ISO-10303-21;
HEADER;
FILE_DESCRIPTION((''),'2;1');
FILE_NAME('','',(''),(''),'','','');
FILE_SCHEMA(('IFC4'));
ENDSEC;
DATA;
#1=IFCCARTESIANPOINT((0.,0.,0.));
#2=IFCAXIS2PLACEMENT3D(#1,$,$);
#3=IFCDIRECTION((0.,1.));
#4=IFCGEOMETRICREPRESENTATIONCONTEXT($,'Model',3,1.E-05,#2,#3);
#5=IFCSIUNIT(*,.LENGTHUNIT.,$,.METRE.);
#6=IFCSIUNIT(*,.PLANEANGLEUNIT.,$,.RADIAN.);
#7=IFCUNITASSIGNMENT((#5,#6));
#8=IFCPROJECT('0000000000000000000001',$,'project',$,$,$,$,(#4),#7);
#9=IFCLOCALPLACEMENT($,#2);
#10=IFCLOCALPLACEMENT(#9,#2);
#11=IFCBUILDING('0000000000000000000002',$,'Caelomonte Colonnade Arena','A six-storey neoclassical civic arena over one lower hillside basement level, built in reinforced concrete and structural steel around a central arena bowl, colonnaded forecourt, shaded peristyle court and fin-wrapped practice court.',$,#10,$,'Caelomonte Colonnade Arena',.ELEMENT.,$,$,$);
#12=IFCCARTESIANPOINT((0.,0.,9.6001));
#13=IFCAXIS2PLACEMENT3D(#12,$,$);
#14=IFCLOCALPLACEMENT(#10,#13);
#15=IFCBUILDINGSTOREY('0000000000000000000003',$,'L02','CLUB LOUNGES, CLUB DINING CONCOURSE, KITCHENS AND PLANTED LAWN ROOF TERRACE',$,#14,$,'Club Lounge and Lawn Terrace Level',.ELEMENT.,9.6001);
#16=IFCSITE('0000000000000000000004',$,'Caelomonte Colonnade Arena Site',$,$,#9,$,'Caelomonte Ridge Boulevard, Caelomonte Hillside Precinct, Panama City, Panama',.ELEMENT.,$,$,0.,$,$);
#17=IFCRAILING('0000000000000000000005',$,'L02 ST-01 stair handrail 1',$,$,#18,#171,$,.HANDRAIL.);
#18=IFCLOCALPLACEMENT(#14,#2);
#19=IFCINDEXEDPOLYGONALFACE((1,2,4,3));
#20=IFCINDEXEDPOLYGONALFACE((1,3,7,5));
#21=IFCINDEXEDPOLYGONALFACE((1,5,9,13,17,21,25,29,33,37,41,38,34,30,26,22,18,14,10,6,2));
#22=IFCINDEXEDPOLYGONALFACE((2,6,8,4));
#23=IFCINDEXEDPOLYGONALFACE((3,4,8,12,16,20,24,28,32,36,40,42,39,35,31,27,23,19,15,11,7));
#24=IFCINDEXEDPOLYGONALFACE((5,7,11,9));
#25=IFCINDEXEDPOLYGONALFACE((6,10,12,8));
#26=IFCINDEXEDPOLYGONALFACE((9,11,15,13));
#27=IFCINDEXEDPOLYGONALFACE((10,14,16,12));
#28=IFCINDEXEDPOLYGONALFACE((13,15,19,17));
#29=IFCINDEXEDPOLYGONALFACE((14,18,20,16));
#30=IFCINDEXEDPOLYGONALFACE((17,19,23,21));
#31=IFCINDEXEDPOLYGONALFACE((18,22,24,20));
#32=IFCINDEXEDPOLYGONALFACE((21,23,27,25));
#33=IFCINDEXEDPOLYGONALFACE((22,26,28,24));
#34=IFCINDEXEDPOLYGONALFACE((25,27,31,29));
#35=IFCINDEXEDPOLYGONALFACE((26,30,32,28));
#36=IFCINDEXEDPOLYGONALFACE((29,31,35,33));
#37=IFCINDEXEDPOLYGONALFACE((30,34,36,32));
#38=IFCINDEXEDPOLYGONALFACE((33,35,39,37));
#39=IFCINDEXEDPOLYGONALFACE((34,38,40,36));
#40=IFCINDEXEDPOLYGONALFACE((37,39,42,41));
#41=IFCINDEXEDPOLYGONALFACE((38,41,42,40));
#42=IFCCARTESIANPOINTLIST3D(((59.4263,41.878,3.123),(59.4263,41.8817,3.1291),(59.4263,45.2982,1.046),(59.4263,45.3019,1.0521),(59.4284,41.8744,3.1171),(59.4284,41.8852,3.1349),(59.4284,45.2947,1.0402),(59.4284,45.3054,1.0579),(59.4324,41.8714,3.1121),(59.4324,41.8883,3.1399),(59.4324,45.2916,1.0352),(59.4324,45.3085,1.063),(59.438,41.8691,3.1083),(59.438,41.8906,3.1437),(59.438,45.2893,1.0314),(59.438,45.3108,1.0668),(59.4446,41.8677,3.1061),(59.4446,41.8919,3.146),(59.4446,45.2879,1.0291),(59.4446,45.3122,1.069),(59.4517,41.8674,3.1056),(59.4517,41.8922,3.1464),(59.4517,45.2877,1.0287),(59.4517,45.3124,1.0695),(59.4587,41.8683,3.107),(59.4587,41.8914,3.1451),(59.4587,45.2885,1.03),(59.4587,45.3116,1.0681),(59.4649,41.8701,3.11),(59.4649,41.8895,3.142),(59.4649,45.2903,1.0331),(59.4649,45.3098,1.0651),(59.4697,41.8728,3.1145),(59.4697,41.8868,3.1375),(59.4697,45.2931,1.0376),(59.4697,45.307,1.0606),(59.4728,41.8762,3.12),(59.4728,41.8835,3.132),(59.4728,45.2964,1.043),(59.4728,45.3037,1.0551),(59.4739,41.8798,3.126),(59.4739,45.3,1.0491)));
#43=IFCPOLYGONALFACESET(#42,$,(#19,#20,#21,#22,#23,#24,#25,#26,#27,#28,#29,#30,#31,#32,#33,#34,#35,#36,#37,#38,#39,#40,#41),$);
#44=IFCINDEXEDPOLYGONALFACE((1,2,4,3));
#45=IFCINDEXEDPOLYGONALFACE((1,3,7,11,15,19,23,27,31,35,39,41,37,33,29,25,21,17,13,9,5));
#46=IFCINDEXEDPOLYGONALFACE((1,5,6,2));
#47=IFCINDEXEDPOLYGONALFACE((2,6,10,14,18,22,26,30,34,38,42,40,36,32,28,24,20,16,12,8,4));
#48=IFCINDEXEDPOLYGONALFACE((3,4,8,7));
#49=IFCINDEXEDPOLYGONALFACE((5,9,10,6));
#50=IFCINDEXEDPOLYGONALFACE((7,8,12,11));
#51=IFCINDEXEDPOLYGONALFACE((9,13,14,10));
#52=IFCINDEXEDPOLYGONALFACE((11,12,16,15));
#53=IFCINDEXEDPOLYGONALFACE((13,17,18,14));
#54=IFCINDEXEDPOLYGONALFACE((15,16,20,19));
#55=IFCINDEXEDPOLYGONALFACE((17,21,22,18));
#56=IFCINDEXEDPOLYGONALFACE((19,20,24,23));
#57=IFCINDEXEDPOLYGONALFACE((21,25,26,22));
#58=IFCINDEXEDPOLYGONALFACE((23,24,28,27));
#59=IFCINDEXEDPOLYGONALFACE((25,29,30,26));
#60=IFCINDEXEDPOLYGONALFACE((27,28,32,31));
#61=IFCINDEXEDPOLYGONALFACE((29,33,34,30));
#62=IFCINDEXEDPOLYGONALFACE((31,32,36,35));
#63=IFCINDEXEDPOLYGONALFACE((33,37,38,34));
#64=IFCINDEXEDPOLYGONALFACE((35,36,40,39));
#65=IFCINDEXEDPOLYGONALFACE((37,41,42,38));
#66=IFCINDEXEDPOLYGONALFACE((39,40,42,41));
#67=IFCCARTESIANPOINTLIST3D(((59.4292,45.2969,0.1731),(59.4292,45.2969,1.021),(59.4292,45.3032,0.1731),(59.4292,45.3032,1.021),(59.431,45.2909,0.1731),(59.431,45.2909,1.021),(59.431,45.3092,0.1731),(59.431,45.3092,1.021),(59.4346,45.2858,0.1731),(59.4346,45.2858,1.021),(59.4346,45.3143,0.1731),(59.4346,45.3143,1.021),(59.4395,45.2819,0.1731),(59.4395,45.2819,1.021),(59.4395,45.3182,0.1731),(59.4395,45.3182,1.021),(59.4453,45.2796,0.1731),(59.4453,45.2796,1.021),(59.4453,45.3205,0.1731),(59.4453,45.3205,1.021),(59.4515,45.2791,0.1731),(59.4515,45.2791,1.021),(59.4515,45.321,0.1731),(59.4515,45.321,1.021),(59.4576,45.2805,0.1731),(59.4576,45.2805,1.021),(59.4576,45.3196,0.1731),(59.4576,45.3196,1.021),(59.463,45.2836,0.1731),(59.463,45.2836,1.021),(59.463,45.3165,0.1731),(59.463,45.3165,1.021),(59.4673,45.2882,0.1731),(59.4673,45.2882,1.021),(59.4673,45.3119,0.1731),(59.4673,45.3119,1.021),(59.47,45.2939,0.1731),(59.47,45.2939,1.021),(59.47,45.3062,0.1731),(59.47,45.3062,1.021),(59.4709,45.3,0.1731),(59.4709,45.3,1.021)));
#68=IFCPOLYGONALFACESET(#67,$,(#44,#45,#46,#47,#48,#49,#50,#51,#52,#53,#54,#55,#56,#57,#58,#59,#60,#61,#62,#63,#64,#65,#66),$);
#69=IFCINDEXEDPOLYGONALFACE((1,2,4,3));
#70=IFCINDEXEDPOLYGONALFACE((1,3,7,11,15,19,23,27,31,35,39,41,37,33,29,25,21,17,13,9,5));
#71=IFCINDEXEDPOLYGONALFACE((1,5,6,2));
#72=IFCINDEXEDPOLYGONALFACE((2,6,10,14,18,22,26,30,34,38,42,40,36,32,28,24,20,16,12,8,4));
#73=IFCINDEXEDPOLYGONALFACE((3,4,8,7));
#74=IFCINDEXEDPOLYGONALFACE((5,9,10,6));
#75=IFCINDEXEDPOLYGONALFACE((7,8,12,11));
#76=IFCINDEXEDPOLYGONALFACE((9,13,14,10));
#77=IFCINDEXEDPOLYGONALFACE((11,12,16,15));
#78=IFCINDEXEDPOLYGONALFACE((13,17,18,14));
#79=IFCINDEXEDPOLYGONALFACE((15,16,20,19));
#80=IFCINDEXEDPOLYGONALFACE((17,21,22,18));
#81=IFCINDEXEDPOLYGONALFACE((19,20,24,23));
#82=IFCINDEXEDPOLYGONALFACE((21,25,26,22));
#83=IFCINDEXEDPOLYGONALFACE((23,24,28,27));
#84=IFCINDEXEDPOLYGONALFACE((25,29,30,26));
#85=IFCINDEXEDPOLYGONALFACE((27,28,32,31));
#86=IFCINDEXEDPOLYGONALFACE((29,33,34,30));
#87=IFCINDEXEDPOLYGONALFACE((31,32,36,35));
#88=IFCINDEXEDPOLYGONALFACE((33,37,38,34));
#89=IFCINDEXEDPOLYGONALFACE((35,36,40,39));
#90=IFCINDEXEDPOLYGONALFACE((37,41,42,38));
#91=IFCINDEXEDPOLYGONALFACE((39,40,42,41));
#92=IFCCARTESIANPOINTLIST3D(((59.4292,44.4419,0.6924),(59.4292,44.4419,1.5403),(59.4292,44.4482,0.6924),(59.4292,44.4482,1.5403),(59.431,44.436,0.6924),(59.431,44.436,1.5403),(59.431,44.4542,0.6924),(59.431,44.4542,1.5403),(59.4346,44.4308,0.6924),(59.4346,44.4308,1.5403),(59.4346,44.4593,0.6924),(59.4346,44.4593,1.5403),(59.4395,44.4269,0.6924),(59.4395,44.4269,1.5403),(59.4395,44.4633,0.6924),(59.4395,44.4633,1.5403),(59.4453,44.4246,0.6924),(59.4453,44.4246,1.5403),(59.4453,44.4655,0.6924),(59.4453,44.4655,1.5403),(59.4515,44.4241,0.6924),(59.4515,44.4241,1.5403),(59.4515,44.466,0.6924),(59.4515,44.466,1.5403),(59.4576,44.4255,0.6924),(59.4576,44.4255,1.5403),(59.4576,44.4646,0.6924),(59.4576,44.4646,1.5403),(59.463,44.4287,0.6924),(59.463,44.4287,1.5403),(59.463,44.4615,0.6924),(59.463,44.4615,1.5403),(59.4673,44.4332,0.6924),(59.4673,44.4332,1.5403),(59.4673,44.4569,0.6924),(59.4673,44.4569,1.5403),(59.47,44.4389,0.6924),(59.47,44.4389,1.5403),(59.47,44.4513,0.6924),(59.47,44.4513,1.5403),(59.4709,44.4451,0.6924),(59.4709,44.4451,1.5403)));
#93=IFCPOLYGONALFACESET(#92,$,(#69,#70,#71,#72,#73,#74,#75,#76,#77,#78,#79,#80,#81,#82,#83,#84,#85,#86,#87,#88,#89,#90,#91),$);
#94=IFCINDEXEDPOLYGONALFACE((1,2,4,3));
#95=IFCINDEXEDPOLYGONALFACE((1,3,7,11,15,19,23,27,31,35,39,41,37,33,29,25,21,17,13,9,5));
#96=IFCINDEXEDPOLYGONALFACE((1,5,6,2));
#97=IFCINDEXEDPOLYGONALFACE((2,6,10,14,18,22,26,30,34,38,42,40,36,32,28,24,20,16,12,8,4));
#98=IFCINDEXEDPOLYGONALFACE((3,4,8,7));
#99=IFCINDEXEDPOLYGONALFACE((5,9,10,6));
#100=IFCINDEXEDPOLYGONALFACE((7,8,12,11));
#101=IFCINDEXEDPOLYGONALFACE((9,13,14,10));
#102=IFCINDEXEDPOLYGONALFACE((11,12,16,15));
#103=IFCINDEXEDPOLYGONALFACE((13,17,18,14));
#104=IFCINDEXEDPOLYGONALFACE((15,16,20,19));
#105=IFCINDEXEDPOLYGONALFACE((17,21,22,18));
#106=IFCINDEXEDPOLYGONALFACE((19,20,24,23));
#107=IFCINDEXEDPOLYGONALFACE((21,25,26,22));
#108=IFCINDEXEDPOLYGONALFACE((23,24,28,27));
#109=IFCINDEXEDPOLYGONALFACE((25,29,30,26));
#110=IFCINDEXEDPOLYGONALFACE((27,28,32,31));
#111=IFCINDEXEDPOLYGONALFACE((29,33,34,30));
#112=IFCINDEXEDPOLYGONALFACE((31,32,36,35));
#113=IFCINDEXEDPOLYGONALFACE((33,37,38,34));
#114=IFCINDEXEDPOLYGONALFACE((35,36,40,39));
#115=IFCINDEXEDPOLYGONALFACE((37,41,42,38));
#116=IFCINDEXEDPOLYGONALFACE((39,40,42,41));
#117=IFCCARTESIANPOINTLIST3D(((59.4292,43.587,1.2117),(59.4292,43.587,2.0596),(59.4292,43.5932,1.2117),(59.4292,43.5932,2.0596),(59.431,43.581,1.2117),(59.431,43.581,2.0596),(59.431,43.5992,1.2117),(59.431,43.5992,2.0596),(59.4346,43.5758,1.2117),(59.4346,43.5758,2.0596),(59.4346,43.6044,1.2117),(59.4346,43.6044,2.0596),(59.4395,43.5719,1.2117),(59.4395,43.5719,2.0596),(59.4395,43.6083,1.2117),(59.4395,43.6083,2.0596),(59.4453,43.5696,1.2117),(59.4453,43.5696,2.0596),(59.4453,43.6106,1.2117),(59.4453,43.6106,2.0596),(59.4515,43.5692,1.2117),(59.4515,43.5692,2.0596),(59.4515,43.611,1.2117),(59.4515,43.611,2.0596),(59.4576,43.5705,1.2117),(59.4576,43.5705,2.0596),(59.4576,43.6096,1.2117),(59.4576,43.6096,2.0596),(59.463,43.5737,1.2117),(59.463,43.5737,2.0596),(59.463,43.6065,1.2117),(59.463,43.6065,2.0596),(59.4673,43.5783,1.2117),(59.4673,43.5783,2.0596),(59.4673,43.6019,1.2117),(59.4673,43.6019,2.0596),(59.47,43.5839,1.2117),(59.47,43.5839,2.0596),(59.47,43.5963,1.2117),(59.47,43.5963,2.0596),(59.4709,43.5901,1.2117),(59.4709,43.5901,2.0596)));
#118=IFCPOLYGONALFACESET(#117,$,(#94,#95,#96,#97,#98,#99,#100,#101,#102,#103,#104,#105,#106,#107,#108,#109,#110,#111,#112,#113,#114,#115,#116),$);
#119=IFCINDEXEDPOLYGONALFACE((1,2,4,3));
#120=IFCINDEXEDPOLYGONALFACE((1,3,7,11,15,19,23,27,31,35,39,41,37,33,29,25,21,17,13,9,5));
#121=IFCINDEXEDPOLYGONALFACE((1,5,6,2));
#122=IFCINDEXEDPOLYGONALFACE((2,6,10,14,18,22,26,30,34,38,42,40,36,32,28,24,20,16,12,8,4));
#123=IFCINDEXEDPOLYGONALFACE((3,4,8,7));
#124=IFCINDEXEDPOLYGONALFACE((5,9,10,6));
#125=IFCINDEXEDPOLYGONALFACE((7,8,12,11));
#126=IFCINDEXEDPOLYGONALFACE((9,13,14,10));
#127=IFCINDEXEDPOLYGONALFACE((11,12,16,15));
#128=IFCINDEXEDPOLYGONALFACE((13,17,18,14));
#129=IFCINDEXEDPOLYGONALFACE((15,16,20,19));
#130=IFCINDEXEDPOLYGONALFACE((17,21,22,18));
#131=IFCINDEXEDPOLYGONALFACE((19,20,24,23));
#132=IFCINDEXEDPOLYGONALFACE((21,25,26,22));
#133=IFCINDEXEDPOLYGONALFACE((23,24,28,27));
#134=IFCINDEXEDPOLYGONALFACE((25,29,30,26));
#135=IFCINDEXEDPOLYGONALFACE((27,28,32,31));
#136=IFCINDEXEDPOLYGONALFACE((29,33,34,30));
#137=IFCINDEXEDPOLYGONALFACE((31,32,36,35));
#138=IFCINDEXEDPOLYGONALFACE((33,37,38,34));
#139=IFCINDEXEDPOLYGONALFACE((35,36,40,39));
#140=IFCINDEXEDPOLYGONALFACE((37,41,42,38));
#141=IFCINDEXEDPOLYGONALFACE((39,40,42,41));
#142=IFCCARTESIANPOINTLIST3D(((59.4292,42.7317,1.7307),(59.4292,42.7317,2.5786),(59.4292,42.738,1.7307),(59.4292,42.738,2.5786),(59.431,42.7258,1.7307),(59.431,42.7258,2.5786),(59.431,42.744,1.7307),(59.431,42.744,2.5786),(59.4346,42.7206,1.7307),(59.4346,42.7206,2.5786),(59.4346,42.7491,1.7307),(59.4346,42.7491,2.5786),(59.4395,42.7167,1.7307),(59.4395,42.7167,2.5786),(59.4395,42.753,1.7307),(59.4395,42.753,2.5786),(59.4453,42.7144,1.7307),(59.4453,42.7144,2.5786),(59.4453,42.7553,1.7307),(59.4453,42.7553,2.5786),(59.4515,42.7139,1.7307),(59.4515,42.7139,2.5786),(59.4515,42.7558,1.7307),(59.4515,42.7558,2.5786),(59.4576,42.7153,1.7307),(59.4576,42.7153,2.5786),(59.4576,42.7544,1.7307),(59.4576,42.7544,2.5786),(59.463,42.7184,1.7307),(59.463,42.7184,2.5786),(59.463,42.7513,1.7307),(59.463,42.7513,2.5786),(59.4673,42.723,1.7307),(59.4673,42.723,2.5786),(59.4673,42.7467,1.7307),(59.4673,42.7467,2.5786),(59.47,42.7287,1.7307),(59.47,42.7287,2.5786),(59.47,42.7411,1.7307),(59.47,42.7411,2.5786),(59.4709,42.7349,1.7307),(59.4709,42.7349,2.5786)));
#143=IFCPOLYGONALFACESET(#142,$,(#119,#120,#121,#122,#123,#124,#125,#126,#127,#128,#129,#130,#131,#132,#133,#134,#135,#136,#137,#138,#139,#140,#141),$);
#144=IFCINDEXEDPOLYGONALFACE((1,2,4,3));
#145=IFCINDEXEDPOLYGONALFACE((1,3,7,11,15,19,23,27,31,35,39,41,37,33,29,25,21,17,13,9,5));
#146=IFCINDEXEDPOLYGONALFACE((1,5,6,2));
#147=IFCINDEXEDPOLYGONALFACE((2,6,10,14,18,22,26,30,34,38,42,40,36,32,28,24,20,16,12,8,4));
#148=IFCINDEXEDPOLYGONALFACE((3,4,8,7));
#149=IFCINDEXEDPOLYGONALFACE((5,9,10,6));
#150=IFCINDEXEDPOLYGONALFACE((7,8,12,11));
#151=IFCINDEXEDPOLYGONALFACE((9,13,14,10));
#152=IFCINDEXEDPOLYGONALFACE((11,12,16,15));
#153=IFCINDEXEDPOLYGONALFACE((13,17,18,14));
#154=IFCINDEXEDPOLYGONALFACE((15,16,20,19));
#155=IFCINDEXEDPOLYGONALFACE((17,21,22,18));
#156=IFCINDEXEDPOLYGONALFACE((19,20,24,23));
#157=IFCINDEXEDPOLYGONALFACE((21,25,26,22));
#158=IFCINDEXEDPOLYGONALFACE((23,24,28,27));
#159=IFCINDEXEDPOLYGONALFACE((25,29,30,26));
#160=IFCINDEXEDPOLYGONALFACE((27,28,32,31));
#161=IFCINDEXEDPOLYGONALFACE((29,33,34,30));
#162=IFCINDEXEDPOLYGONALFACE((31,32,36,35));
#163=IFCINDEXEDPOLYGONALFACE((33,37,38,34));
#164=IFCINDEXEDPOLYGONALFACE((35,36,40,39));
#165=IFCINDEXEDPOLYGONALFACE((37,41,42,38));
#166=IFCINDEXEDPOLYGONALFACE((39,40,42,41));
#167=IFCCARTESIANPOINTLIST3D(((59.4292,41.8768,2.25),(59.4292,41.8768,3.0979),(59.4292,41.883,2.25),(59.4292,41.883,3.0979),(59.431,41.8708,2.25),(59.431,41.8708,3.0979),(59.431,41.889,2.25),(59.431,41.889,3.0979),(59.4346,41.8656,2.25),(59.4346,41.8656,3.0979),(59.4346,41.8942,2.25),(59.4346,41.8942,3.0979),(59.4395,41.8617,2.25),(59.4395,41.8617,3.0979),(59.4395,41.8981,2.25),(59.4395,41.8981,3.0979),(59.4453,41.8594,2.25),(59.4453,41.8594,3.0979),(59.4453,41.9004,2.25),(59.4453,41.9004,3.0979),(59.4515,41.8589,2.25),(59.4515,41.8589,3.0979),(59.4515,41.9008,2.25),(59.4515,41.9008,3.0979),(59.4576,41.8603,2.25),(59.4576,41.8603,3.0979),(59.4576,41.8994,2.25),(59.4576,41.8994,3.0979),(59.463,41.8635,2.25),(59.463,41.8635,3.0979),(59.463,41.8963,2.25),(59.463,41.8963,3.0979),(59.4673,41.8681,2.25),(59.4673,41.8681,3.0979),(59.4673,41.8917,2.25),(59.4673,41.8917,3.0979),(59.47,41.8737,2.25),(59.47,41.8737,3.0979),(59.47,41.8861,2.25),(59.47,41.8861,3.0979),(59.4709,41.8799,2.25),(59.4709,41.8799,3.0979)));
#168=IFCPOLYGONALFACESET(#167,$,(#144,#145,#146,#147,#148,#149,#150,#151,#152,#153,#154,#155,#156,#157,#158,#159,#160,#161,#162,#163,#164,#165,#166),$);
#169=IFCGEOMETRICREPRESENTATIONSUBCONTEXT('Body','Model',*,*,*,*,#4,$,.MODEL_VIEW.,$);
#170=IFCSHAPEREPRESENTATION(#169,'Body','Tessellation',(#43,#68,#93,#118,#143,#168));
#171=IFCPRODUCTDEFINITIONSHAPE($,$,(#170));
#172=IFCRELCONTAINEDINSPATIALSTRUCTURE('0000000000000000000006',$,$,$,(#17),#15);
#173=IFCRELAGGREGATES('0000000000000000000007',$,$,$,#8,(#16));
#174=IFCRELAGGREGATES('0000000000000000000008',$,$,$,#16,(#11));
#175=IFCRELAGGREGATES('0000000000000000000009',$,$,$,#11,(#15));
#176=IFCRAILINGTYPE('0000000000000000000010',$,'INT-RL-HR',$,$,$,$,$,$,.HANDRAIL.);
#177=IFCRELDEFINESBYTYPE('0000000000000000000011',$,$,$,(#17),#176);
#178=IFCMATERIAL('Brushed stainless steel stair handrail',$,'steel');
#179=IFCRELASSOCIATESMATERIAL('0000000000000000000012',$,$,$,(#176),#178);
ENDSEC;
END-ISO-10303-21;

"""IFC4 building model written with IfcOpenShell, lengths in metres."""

from ifc_helpers import new_model, si_unit, direction, frame, origin, origin_2d, place, context, subcontext, project, spatial, circle, extrude, material, type_object, element, save


model = new_model("IFC4")

# Units and contexts
model_context = context("Model", 3, precision=1e-05, world=origin(), true_north=direction((0.0, 1.0)))
body_context = subcontext(model_context, "Body", "Model", "MODEL_VIEW")
ifc_project = project(units=[si_unit("LENGTHUNIT", "METRE"), si_unit("PLANEANGLEUNIT", "RADIAN")], contexts=[model_context])

# Site, building, storey
site_placement = place(None, origin())
site = spatial("IfcSite", under=ifc_project, at=site_placement, Name="Caelomonte Colonnade Arena Site", LongName="Caelomonte Ridge Boulevard, Caelomonte Hillside Precinct, Panama City, Panama", CompositionType="ELEMENT", RefElevation=0.0)
building_placement = place(site_placement, origin())
building = spatial("IfcBuilding", under=site, at=building_placement, Name="Caelomonte Colonnade Arena", Description="A six-storey neoclassical civic arena over one lower hillside basement level, built in reinforced concrete and structural steel around a central arena bowl, colonnaded forecourt, shaded peristyle court and fin-wrapped practice court.", LongName="Caelomonte Colonnade Arena", CompositionType="ELEMENT")
storey_placement = place(building_placement, frame((0.0, 0.0, 9.6001)))
storey = spatial("IfcBuildingStorey", under=building, at=storey_placement, Name="L02", Description="CLUB LOUNGES, CLUB DINING CONCOURSE, KITCHENS AND PLANTED LAWN ROOF TERRACE", LongName="Club Lounge and Lawn Terrace Level", CompositionType="ELEMENT", Elevation=9.6001)

# Railing
ifc_material_1 = material(Name="Brushed stainless steel stair handrail", Category="steel")
railing_type_1 = type_object("IfcRailingType", Name="INT-RL-HR", PredefinedType="HANDRAIL", material=ifc_material_1)
railing_1_placement = place(storey_placement, frame((59.45, 45.3, 0.1731)))
element("IfcRailing", 1, at=railing_1_placement, inside=storey, type_object=railing_type_1, Name="L02 ST-01 stair handrail 1", PredefinedType="HANDRAIL", context=body_context, shape_type="SweptSolid", body=[
    extrude(circle(Radius=0.0239, at=origin_2d()), frame((0.0, 0.0, 0.876), z_axis=(0.0, -0.854746, 0.519047), x_axis=(1.0, 0.0, 0.0)), (0.0, 0.0, 1.0), 4.0015),
    extrude(circle(Radius=0.021, at=origin_2d()), origin(), (0.0, 0.0, 1.0), 0.8479),
    extrude(circle(Radius=0.021, at=origin_2d()), frame((0.0, -0.855, 0.5193)), (0.0, 0.0, 1.0), 0.8479),
    extrude(circle(Radius=0.021, at=origin_2d()), frame((0.0, -1.71, 1.0386)), (0.0, 0.0, 1.0), 0.8479),
    extrude(circle(Radius=0.021, at=origin_2d()), frame((0.0, -2.5652, 1.5576)), (0.0, 0.0, 1.0), 0.8479),
    extrude(circle(Radius=0.021, at=origin_2d()), frame((0.0, -3.4202, 2.0769)), (0.0, 0.0, 1.0), 0.8479),
])

save(model, "model.ifc")
